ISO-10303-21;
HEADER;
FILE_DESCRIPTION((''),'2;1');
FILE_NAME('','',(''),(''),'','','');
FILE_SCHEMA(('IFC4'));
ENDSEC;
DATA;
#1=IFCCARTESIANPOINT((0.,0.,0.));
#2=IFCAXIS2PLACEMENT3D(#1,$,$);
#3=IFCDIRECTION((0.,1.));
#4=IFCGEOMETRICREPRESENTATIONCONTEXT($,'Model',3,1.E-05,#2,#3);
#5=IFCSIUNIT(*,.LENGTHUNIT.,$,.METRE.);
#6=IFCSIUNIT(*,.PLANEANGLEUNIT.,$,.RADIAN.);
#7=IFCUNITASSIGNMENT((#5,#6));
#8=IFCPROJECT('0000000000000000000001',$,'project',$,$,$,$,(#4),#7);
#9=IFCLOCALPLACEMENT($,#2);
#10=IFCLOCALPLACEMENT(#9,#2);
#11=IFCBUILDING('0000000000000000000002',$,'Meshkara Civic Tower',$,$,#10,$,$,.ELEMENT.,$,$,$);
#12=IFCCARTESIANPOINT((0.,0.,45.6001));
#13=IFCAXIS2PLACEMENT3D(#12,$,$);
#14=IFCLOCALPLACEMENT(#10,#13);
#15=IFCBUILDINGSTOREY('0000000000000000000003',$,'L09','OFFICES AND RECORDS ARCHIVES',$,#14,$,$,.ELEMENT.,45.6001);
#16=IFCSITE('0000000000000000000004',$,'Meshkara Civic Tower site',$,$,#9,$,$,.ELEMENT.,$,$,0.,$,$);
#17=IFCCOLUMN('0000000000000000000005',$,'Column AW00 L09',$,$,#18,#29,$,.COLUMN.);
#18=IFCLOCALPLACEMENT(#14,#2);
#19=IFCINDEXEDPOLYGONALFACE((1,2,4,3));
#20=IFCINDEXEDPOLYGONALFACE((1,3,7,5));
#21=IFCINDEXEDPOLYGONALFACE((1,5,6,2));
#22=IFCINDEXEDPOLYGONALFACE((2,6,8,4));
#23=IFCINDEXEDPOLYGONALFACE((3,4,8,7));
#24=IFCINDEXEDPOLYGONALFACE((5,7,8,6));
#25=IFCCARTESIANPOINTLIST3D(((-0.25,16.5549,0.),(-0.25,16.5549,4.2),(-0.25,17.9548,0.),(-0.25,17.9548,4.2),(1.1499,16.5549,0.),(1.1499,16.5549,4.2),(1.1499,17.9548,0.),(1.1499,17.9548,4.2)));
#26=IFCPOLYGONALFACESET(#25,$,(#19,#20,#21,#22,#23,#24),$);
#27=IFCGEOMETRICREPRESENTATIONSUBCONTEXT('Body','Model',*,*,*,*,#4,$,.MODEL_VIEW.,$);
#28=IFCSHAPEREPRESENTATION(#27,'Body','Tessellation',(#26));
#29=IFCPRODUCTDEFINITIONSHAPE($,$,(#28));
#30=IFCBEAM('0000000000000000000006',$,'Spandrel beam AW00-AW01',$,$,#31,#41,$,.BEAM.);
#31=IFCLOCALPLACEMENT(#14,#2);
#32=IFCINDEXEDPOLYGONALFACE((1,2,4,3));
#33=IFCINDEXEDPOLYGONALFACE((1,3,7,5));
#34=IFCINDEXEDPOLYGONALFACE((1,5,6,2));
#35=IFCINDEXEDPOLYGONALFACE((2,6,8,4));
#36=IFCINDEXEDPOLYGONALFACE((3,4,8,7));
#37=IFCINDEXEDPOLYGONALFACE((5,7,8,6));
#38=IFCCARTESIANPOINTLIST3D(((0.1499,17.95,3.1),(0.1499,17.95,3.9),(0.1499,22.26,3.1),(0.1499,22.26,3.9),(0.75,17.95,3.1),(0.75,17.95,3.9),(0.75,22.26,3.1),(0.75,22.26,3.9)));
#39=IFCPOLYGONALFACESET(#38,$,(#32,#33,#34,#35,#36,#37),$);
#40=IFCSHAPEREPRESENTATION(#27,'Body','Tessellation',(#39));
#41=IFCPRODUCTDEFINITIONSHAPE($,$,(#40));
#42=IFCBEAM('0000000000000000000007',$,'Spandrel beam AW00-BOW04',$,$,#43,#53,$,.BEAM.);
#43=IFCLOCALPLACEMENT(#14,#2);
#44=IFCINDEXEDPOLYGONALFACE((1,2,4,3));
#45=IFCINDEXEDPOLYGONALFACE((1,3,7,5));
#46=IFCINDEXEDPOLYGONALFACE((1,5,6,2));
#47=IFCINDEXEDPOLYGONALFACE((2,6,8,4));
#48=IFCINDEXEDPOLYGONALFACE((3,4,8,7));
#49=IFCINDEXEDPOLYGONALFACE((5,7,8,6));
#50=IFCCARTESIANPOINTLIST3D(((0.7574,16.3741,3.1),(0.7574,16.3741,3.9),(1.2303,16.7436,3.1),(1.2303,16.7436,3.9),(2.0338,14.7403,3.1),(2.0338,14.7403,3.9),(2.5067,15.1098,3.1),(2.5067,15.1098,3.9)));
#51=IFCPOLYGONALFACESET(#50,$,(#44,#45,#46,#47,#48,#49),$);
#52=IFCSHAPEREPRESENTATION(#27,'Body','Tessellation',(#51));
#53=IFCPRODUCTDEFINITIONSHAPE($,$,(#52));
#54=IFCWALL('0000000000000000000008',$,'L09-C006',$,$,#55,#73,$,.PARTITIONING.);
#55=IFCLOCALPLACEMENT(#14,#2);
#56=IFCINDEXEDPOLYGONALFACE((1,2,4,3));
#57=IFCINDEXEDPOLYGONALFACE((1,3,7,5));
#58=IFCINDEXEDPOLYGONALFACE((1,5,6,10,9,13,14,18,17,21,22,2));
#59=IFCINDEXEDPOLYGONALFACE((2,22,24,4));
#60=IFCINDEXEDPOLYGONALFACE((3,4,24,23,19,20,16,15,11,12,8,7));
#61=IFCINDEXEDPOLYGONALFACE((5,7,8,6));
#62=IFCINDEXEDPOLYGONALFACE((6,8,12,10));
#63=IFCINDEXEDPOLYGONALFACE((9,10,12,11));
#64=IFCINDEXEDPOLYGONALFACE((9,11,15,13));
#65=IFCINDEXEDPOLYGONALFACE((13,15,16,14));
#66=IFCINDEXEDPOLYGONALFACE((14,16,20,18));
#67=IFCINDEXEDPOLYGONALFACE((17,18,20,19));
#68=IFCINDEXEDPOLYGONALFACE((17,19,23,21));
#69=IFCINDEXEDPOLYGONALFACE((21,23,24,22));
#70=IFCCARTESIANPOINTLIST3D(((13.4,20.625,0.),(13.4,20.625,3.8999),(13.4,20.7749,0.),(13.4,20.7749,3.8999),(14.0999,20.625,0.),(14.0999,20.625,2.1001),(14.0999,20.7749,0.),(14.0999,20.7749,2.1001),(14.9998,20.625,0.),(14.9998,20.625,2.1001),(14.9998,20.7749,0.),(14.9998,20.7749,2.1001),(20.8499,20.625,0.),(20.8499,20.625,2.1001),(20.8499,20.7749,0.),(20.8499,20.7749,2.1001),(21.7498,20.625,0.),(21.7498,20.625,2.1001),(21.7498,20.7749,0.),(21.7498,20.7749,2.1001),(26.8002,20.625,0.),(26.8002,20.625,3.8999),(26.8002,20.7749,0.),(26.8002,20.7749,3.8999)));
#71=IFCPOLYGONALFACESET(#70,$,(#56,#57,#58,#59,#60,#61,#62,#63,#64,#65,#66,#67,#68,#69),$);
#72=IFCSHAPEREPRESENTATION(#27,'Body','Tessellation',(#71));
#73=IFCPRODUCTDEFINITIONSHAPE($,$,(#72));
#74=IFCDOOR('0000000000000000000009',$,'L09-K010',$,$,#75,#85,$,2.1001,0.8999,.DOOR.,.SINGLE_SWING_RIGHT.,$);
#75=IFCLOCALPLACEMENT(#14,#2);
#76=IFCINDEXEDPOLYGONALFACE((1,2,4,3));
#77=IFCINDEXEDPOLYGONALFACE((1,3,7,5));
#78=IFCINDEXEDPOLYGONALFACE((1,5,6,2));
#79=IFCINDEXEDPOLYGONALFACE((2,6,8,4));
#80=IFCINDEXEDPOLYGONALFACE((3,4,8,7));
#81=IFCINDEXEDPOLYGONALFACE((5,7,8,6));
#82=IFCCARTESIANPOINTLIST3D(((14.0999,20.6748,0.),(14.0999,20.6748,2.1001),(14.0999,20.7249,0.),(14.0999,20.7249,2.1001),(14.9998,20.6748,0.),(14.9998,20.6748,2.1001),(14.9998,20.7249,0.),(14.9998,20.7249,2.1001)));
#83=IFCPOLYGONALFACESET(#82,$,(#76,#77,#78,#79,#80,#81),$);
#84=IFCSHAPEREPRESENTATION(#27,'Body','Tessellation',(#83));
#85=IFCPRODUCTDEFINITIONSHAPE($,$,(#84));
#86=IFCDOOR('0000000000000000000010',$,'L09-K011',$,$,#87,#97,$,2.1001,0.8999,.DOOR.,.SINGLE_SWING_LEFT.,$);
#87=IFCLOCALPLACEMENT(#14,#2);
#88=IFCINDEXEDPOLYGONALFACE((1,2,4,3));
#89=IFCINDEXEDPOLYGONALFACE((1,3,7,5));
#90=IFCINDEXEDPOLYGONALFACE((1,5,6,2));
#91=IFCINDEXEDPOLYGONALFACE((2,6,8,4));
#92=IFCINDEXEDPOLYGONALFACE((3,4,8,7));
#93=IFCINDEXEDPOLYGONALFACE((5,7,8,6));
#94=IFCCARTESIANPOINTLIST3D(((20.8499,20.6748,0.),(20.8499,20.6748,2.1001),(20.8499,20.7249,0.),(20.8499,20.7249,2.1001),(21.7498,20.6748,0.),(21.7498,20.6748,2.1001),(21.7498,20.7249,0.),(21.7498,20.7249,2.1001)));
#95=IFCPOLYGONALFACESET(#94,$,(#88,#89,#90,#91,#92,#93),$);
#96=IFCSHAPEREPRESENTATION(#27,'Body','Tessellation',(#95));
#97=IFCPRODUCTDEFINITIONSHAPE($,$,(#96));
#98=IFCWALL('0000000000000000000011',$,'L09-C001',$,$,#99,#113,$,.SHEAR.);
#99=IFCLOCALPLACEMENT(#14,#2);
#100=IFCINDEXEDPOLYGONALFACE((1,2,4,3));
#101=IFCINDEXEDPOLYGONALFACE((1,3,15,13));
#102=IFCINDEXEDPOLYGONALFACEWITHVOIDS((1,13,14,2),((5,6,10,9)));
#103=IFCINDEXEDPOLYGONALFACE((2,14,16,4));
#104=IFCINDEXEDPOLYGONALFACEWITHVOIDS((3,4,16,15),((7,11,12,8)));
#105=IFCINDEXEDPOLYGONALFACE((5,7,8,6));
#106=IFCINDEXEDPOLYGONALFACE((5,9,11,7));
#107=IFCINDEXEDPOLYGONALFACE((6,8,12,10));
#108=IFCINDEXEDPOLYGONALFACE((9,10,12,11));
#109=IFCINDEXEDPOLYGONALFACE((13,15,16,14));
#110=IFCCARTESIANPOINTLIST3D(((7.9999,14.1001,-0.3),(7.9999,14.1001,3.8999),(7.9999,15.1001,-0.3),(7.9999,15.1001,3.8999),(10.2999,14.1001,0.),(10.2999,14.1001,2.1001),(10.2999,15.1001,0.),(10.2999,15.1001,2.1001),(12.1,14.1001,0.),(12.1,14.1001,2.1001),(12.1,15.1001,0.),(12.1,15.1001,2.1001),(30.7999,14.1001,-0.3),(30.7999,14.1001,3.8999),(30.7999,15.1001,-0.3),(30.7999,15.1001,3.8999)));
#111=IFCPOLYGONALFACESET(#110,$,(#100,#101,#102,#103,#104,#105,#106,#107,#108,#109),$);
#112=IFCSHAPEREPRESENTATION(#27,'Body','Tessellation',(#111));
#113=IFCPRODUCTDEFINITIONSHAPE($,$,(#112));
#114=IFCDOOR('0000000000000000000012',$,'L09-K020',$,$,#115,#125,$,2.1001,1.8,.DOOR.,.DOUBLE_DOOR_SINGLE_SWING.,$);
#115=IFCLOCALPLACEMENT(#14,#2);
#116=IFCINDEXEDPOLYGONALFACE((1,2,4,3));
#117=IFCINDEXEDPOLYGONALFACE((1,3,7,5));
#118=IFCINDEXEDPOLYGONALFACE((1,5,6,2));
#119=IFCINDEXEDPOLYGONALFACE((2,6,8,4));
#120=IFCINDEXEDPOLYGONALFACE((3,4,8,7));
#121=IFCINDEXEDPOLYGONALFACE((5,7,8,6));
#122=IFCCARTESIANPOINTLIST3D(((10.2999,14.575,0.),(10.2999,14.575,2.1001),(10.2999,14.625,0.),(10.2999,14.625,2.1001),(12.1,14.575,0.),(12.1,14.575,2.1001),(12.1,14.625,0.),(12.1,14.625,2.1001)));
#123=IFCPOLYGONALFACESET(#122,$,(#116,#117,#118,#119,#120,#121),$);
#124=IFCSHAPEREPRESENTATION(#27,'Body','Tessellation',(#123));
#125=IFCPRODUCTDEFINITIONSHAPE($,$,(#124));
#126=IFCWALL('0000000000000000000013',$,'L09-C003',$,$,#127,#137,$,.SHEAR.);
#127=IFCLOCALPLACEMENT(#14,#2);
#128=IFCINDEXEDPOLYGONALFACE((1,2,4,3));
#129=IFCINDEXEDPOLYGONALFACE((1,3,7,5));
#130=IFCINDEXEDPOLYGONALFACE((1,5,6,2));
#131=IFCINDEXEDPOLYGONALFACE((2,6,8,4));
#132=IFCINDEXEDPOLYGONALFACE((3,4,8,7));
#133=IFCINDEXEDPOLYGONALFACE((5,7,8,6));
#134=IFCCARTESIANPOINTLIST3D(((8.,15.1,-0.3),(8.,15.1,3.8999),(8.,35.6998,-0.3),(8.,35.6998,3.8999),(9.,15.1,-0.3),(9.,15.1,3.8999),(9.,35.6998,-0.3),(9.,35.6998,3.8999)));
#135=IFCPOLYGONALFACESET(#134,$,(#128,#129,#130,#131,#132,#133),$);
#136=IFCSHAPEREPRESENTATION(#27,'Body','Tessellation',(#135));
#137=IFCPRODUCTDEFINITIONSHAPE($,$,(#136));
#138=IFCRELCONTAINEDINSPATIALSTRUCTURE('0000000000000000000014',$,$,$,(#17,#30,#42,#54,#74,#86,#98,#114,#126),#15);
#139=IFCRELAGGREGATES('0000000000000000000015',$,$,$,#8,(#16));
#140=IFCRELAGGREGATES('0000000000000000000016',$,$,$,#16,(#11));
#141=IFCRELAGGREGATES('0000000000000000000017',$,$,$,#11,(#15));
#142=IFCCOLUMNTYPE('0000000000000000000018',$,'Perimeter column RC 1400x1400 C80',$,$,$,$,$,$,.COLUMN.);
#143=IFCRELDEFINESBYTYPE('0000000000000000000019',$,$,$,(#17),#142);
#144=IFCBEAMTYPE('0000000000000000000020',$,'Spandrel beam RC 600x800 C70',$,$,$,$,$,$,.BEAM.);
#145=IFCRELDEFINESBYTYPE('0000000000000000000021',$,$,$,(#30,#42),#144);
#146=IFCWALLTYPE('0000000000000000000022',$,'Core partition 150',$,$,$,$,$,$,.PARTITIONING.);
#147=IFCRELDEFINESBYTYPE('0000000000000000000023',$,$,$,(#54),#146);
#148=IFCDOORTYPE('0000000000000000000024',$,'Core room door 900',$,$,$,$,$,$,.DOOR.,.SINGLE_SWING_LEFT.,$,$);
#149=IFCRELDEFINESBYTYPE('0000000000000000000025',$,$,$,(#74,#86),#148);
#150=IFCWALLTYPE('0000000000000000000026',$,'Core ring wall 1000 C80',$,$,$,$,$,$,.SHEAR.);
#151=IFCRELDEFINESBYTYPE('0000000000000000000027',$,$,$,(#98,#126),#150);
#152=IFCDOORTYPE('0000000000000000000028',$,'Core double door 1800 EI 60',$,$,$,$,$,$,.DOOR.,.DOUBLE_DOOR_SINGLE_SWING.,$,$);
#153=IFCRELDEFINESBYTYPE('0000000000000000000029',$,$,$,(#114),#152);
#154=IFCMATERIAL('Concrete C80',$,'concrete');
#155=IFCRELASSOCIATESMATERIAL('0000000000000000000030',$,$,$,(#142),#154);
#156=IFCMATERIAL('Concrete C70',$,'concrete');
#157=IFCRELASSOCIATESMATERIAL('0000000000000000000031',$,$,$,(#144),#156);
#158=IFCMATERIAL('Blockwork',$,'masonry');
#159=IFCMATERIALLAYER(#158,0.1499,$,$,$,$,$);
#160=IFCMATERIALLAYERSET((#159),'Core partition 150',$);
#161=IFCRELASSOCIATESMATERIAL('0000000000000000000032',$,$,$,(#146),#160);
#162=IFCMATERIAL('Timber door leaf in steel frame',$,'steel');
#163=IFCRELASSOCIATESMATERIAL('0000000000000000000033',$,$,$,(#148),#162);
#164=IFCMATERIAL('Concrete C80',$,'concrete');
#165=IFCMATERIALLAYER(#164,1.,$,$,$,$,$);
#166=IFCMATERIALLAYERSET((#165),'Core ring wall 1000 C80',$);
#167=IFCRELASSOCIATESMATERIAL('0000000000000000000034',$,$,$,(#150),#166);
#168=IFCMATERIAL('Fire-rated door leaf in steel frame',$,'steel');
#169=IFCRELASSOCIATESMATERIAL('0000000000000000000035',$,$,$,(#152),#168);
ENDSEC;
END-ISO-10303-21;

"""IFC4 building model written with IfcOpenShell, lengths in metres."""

from ifc_helpers import new_model, si_unit, direction, frame, frame_2d, origin, origin_2d, place, context, subcontext, project, spatial, rectangle, extrude, material, layer, layer_set, material_profile, profile_set, type_object, element, fill, save


model = new_model("IFC4")

# Units and contexts
model_context = context("Model", 3, precision=1e-05, world=origin(), true_north=direction((0.0, 1.0)))
body_context = subcontext(model_context, "Body", "Model", "MODEL_VIEW")
ifc_project = project(units=[si_unit("LENGTHUNIT", "METRE"), si_unit("PLANEANGLEUNIT", "RADIAN")], contexts=[model_context])

# Site, building, storey
site_placement = place(None, origin())
site = spatial("IfcSite", under=ifc_project, at=site_placement, Name="Meshkara Civic Tower site", CompositionType="ELEMENT", RefElevation=0.0)
building_placement = place(site_placement, origin())
building = spatial("IfcBuilding", under=site, at=building_placement, Name="Meshkara Civic Tower", CompositionType="ELEMENT")
storey_placement = place(building_placement, frame((0.0, 0.0, 45.6001)))
storey = spatial("IfcBuildingStorey", under=building, at=storey_placement, Name="L09", Description="OFFICES AND RECORDS ARCHIVES", CompositionType="ELEMENT", Elevation=45.6001)

# Column
ifc_material_1 = material(Name="Concrete C80", Category="concrete")
ifc_material_profile_1 = material_profile(ifc_material_1, rectangle(XDim=1.3999, YDim=1.3999, at=origin_2d()))
ifc_profile_set_1 = profile_set([ifc_material_profile_1], Name="Concrete C80")
column_type = type_object("IfcColumnType", Name="Perimeter column RC 1400x1400 C80", PredefinedType="COLUMN", material=ifc_profile_set_1)
column_placement = place(storey_placement, frame((0.45, 17.2549, 0.0), z_axis=(0.0, 0.0, 1.0), x_axis=(1.0, 0.0, 0.0)))
element("IfcColumn", 1, at=column_placement, inside=storey, type_object=column_type, Name="Column AW00 L09", PredefinedType="COLUMN", context=body_context, shape_type="SweptSolid", body=[
    extrude(rectangle(XDim=1.3999, YDim=1.3999, at=origin_2d()), origin(), (0.0, 0.0, 1.0), 4.2),
])

# Beams
ifc_material_2 = material(Name="Concrete C70", Category="concrete")
ifc_material_profile_2 = material_profile(ifc_material_2, rectangle(XDim=0.6001, YDim=0.8, at=origin_2d()))
ifc_profile_set_2 = profile_set([ifc_material_profile_2], Name="Concrete C70")
beam_type = type_object("IfcBeamType", Name="Spandrel beam RC 600x800 C70", PredefinedType="BEAM", material=ifc_profile_set_2)
beam_1_placement = place(storey_placement, frame((0.45, 22.26, 3.5), z_axis=(0.0, -1.0, 0.0), x_axis=(1.0, 0.0, 0.0)))
element("IfcBeam", 2, at=beam_1_placement, inside=storey, type_object=beam_type, Name="Spandrel beam AW00-AW01", PredefinedType="BEAM", context=body_context, shape_type="SweptSolid", body=[
    extrude(rectangle(XDim=0.6001, YDim=0.8, at=origin_2d()), origin(), (0.0, 0.0, 1.0), 4.3101),
])
beam_2_placement = place(storey_placement, frame((0.9939, 16.5588, 3.5), z_axis=(0.615635, -0.788032, 0.0), x_axis=(0.788032, 0.615635, 0.0)))
element("IfcBeam", 3, at=beam_2_placement, inside=storey, type_object=beam_type, Name="Spandrel beam AW00-BOW04", PredefinedType="BEAM", context=body_context, shape_type="SweptSolid", body=[
    extrude(rectangle(XDim=0.6001, YDim=0.8, at=origin_2d()), origin(), (0.0, 0.0, 1.0), 2.0732),
])

# Wall, openings, doors
ifc_material_3 = material(Name="Blockwork", Category="masonry")
ifc_layer_1 = layer(ifc_material_3, 0.1499)
ifc_layer_set_1 = layer_set([ifc_layer_1], Name="Core partition 150")
wall_type_1 = type_object("IfcWallType", Name="Core partition 150", PredefinedType="PARTITIONING", material=ifc_layer_set_1)
wall_1_placement = place(storey_placement, frame((13.3999, 20.7, 0.0), z_axis=(0.0, 0.0, 1.0), x_axis=(1.0, 0.0, 0.0)))
wall_1 = element("IfcWall", 4, at=wall_1_placement, inside=storey, type_object=wall_type_1, Name="L09-C006", PredefinedType="PARTITIONING", context=body_context, shape_type="SweptSolid", body=[
    extrude(rectangle(XDim=13.4001, YDim=0.1499, at=frame_2d((6.7002, 0.0))), origin(), (0.0, 0.0, 1.0), 3.8999),
])
opening_1_placement = place(wall_1_placement, frame((0.7, 0.0, 0.0)))
opening_1 = element("IfcOpeningElement", 5, at=opening_1_placement, cuts=wall_1, PredefinedType="OPENING", context=body_context, shape_type="SweptSolid", body=[
    extrude(rectangle(XDim=0.8999, YDim=2.1001, at=frame_2d((0.45, 1.05))), frame((0.0, 0.085, 0.0), z_axis=(0.0, -1.0, 0.0), x_axis=(1.0, 0.0, 0.0)), (0.0, 0.0, 1.0), 0.1699),
])
opening_2_placement = place(wall_1_placement, frame((7.45, 0.0, 0.0)))
opening_2 = element("IfcOpeningElement", 6, at=opening_2_placement, cuts=wall_1, PredefinedType="OPENING", context=body_context, shape_type="SweptSolid", body=[
    extrude(rectangle(XDim=0.8999, YDim=2.1001, at=frame_2d((0.45, 1.05))), frame((0.0, 0.085, 0.0), z_axis=(0.0, -1.0, 0.0), x_axis=(1.0, 0.0, 0.0)), (0.0, 0.0, 1.0), 0.1699),
])
ifc_material_4 = material(Name="Timber door leaf in steel frame", Category="steel")
door_type_1 = type_object("IfcDoorType", Name="Core room door 900", OperationType="SINGLE_SWING_LEFT", PredefinedType="DOOR", material=ifc_material_4)
door_1_placement = place(opening_1_placement, origin())
door_1 = element("IfcDoor", 7, at=door_1_placement, inside=storey, type_object=door_type_1, Name="L09-K010", OperationType="SINGLE_SWING_RIGHT", OverallHeight=2.1001, OverallWidth=0.8999, PredefinedType="DOOR", context=body_context, shape_type="SweptSolid", body=[
    extrude(rectangle(XDim=0.8999, YDim=2.1001, at=frame_2d((0.45, 1.05))), frame((0.0, 0.0249, 0.0), z_axis=(0.0, -1.0, 0.0), x_axis=(1.0, 0.0, 0.0)), (0.0, 0.0, 1.0), 0.05),
])
fill(opening_1, door_1)
door_2_placement = place(opening_2_placement, origin())
door_2 = element("IfcDoor", 8, at=door_2_placement, inside=storey, type_object=door_type_1, Name="L09-K011", OperationType="SINGLE_SWING_LEFT", OverallHeight=2.1001, OverallWidth=0.8999, PredefinedType="DOOR", context=body_context, shape_type="SweptSolid", body=[
    extrude(rectangle(XDim=0.8999, YDim=2.1001, at=frame_2d((0.45, 1.05))), frame((0.0, 0.0249, 0.0), z_axis=(0.0, -1.0, 0.0), x_axis=(1.0, 0.0, 0.0)), (0.0, 0.0, 1.0), 0.05),
])
fill(opening_2, door_2)

# Wall, opening, door
ifc_material_5 = material(Name="Concrete C80", Category="concrete")
ifc_layer_2 = layer(ifc_material_5, 1.0)
ifc_layer_set_2 = layer_set([ifc_layer_2], Name="Core ring wall 1000 C80")
wall_type_2 = type_object("IfcWallType", Name="Core ring wall 1000 C80", PredefinedType="SHEAR", material=ifc_layer_set_2)
wall_2_placement = place(storey_placement, frame((8.0, 14.6001, -0.3), z_axis=(0.0, 0.0, 1.0), x_axis=(1.0, 0.0, 0.0)))
wall_2 = element("IfcWall", 9, at=wall_2_placement, inside=storey, type_object=wall_type_2, Name="L09-C001", PredefinedType="SHEAR", context=body_context, shape_type="SweptSolid", body=[
    extrude(rectangle(XDim=22.8, YDim=1.0, at=frame_2d((11.3999, 0.0))), origin(), (0.0, 0.0, 1.0), 4.2),
])
opening_3_placement = place(wall_2_placement, frame((2.3, 0.0, 0.3)))
opening_3 = element("IfcOpeningElement", 10, at=opening_3_placement, cuts=wall_2, PredefinedType="OPENING", context=body_context, shape_type="SweptSolid", body=[
    extrude(rectangle(XDim=1.8, YDim=2.1001, at=frame_2d((0.8999, 1.05))), frame((0.0, 0.51, 0.0), z_axis=(0.0, -1.0, 0.0), x_axis=(1.0, 0.0, 0.0)), (0.0, 0.0, 1.0), 1.02),
])
ifc_material_6 = material(Name="Fire-rated door leaf in steel frame", Category="steel")
door_type_2 = type_object("IfcDoorType", Name="Core double door 1800 EI 60", OperationType="DOUBLE_DOOR_SINGLE_SWING", PredefinedType="DOOR", material=ifc_material_6)
door_3_placement = place(opening_3_placement, origin())
door_3 = element("IfcDoor", 11, at=door_3_placement, inside=storey, type_object=door_type_2, Name="L09-K020", OperationType="DOUBLE_DOOR_SINGLE_SWING", OverallHeight=2.1001, OverallWidth=1.8, PredefinedType="DOOR", context=body_context, shape_type="SweptSolid", body=[
    extrude(rectangle(XDim=1.8, YDim=2.1001, at=frame_2d((0.8999, 1.05))), frame((0.0, 0.0249, 0.0), z_axis=(0.0, -1.0, 0.0), x_axis=(1.0, 0.0, 0.0)), (0.0, 0.0, 1.0), 0.05),
])
fill(opening_3, door_3)

# Wall
wall_3_placement = place(storey_placement, frame((8.5, 15.1001, -0.3), z_axis=(0.0, 0.0, 1.0), x_axis=(0.0, 1.0, 0.0)))
element("IfcWall", 12, at=wall_3_placement, inside=storey, type_object=wall_type_2, Name="L09-C003", PredefinedType="SHEAR", context=body_context, shape_type="SweptSolid", body=[
    extrude(rectangle(XDim=20.5999, YDim=1.0, at=frame_2d((10.2998, 0.0))), origin(), (0.0, 0.0, 1.0), 4.2),
])

save(model, "model.ifc")
